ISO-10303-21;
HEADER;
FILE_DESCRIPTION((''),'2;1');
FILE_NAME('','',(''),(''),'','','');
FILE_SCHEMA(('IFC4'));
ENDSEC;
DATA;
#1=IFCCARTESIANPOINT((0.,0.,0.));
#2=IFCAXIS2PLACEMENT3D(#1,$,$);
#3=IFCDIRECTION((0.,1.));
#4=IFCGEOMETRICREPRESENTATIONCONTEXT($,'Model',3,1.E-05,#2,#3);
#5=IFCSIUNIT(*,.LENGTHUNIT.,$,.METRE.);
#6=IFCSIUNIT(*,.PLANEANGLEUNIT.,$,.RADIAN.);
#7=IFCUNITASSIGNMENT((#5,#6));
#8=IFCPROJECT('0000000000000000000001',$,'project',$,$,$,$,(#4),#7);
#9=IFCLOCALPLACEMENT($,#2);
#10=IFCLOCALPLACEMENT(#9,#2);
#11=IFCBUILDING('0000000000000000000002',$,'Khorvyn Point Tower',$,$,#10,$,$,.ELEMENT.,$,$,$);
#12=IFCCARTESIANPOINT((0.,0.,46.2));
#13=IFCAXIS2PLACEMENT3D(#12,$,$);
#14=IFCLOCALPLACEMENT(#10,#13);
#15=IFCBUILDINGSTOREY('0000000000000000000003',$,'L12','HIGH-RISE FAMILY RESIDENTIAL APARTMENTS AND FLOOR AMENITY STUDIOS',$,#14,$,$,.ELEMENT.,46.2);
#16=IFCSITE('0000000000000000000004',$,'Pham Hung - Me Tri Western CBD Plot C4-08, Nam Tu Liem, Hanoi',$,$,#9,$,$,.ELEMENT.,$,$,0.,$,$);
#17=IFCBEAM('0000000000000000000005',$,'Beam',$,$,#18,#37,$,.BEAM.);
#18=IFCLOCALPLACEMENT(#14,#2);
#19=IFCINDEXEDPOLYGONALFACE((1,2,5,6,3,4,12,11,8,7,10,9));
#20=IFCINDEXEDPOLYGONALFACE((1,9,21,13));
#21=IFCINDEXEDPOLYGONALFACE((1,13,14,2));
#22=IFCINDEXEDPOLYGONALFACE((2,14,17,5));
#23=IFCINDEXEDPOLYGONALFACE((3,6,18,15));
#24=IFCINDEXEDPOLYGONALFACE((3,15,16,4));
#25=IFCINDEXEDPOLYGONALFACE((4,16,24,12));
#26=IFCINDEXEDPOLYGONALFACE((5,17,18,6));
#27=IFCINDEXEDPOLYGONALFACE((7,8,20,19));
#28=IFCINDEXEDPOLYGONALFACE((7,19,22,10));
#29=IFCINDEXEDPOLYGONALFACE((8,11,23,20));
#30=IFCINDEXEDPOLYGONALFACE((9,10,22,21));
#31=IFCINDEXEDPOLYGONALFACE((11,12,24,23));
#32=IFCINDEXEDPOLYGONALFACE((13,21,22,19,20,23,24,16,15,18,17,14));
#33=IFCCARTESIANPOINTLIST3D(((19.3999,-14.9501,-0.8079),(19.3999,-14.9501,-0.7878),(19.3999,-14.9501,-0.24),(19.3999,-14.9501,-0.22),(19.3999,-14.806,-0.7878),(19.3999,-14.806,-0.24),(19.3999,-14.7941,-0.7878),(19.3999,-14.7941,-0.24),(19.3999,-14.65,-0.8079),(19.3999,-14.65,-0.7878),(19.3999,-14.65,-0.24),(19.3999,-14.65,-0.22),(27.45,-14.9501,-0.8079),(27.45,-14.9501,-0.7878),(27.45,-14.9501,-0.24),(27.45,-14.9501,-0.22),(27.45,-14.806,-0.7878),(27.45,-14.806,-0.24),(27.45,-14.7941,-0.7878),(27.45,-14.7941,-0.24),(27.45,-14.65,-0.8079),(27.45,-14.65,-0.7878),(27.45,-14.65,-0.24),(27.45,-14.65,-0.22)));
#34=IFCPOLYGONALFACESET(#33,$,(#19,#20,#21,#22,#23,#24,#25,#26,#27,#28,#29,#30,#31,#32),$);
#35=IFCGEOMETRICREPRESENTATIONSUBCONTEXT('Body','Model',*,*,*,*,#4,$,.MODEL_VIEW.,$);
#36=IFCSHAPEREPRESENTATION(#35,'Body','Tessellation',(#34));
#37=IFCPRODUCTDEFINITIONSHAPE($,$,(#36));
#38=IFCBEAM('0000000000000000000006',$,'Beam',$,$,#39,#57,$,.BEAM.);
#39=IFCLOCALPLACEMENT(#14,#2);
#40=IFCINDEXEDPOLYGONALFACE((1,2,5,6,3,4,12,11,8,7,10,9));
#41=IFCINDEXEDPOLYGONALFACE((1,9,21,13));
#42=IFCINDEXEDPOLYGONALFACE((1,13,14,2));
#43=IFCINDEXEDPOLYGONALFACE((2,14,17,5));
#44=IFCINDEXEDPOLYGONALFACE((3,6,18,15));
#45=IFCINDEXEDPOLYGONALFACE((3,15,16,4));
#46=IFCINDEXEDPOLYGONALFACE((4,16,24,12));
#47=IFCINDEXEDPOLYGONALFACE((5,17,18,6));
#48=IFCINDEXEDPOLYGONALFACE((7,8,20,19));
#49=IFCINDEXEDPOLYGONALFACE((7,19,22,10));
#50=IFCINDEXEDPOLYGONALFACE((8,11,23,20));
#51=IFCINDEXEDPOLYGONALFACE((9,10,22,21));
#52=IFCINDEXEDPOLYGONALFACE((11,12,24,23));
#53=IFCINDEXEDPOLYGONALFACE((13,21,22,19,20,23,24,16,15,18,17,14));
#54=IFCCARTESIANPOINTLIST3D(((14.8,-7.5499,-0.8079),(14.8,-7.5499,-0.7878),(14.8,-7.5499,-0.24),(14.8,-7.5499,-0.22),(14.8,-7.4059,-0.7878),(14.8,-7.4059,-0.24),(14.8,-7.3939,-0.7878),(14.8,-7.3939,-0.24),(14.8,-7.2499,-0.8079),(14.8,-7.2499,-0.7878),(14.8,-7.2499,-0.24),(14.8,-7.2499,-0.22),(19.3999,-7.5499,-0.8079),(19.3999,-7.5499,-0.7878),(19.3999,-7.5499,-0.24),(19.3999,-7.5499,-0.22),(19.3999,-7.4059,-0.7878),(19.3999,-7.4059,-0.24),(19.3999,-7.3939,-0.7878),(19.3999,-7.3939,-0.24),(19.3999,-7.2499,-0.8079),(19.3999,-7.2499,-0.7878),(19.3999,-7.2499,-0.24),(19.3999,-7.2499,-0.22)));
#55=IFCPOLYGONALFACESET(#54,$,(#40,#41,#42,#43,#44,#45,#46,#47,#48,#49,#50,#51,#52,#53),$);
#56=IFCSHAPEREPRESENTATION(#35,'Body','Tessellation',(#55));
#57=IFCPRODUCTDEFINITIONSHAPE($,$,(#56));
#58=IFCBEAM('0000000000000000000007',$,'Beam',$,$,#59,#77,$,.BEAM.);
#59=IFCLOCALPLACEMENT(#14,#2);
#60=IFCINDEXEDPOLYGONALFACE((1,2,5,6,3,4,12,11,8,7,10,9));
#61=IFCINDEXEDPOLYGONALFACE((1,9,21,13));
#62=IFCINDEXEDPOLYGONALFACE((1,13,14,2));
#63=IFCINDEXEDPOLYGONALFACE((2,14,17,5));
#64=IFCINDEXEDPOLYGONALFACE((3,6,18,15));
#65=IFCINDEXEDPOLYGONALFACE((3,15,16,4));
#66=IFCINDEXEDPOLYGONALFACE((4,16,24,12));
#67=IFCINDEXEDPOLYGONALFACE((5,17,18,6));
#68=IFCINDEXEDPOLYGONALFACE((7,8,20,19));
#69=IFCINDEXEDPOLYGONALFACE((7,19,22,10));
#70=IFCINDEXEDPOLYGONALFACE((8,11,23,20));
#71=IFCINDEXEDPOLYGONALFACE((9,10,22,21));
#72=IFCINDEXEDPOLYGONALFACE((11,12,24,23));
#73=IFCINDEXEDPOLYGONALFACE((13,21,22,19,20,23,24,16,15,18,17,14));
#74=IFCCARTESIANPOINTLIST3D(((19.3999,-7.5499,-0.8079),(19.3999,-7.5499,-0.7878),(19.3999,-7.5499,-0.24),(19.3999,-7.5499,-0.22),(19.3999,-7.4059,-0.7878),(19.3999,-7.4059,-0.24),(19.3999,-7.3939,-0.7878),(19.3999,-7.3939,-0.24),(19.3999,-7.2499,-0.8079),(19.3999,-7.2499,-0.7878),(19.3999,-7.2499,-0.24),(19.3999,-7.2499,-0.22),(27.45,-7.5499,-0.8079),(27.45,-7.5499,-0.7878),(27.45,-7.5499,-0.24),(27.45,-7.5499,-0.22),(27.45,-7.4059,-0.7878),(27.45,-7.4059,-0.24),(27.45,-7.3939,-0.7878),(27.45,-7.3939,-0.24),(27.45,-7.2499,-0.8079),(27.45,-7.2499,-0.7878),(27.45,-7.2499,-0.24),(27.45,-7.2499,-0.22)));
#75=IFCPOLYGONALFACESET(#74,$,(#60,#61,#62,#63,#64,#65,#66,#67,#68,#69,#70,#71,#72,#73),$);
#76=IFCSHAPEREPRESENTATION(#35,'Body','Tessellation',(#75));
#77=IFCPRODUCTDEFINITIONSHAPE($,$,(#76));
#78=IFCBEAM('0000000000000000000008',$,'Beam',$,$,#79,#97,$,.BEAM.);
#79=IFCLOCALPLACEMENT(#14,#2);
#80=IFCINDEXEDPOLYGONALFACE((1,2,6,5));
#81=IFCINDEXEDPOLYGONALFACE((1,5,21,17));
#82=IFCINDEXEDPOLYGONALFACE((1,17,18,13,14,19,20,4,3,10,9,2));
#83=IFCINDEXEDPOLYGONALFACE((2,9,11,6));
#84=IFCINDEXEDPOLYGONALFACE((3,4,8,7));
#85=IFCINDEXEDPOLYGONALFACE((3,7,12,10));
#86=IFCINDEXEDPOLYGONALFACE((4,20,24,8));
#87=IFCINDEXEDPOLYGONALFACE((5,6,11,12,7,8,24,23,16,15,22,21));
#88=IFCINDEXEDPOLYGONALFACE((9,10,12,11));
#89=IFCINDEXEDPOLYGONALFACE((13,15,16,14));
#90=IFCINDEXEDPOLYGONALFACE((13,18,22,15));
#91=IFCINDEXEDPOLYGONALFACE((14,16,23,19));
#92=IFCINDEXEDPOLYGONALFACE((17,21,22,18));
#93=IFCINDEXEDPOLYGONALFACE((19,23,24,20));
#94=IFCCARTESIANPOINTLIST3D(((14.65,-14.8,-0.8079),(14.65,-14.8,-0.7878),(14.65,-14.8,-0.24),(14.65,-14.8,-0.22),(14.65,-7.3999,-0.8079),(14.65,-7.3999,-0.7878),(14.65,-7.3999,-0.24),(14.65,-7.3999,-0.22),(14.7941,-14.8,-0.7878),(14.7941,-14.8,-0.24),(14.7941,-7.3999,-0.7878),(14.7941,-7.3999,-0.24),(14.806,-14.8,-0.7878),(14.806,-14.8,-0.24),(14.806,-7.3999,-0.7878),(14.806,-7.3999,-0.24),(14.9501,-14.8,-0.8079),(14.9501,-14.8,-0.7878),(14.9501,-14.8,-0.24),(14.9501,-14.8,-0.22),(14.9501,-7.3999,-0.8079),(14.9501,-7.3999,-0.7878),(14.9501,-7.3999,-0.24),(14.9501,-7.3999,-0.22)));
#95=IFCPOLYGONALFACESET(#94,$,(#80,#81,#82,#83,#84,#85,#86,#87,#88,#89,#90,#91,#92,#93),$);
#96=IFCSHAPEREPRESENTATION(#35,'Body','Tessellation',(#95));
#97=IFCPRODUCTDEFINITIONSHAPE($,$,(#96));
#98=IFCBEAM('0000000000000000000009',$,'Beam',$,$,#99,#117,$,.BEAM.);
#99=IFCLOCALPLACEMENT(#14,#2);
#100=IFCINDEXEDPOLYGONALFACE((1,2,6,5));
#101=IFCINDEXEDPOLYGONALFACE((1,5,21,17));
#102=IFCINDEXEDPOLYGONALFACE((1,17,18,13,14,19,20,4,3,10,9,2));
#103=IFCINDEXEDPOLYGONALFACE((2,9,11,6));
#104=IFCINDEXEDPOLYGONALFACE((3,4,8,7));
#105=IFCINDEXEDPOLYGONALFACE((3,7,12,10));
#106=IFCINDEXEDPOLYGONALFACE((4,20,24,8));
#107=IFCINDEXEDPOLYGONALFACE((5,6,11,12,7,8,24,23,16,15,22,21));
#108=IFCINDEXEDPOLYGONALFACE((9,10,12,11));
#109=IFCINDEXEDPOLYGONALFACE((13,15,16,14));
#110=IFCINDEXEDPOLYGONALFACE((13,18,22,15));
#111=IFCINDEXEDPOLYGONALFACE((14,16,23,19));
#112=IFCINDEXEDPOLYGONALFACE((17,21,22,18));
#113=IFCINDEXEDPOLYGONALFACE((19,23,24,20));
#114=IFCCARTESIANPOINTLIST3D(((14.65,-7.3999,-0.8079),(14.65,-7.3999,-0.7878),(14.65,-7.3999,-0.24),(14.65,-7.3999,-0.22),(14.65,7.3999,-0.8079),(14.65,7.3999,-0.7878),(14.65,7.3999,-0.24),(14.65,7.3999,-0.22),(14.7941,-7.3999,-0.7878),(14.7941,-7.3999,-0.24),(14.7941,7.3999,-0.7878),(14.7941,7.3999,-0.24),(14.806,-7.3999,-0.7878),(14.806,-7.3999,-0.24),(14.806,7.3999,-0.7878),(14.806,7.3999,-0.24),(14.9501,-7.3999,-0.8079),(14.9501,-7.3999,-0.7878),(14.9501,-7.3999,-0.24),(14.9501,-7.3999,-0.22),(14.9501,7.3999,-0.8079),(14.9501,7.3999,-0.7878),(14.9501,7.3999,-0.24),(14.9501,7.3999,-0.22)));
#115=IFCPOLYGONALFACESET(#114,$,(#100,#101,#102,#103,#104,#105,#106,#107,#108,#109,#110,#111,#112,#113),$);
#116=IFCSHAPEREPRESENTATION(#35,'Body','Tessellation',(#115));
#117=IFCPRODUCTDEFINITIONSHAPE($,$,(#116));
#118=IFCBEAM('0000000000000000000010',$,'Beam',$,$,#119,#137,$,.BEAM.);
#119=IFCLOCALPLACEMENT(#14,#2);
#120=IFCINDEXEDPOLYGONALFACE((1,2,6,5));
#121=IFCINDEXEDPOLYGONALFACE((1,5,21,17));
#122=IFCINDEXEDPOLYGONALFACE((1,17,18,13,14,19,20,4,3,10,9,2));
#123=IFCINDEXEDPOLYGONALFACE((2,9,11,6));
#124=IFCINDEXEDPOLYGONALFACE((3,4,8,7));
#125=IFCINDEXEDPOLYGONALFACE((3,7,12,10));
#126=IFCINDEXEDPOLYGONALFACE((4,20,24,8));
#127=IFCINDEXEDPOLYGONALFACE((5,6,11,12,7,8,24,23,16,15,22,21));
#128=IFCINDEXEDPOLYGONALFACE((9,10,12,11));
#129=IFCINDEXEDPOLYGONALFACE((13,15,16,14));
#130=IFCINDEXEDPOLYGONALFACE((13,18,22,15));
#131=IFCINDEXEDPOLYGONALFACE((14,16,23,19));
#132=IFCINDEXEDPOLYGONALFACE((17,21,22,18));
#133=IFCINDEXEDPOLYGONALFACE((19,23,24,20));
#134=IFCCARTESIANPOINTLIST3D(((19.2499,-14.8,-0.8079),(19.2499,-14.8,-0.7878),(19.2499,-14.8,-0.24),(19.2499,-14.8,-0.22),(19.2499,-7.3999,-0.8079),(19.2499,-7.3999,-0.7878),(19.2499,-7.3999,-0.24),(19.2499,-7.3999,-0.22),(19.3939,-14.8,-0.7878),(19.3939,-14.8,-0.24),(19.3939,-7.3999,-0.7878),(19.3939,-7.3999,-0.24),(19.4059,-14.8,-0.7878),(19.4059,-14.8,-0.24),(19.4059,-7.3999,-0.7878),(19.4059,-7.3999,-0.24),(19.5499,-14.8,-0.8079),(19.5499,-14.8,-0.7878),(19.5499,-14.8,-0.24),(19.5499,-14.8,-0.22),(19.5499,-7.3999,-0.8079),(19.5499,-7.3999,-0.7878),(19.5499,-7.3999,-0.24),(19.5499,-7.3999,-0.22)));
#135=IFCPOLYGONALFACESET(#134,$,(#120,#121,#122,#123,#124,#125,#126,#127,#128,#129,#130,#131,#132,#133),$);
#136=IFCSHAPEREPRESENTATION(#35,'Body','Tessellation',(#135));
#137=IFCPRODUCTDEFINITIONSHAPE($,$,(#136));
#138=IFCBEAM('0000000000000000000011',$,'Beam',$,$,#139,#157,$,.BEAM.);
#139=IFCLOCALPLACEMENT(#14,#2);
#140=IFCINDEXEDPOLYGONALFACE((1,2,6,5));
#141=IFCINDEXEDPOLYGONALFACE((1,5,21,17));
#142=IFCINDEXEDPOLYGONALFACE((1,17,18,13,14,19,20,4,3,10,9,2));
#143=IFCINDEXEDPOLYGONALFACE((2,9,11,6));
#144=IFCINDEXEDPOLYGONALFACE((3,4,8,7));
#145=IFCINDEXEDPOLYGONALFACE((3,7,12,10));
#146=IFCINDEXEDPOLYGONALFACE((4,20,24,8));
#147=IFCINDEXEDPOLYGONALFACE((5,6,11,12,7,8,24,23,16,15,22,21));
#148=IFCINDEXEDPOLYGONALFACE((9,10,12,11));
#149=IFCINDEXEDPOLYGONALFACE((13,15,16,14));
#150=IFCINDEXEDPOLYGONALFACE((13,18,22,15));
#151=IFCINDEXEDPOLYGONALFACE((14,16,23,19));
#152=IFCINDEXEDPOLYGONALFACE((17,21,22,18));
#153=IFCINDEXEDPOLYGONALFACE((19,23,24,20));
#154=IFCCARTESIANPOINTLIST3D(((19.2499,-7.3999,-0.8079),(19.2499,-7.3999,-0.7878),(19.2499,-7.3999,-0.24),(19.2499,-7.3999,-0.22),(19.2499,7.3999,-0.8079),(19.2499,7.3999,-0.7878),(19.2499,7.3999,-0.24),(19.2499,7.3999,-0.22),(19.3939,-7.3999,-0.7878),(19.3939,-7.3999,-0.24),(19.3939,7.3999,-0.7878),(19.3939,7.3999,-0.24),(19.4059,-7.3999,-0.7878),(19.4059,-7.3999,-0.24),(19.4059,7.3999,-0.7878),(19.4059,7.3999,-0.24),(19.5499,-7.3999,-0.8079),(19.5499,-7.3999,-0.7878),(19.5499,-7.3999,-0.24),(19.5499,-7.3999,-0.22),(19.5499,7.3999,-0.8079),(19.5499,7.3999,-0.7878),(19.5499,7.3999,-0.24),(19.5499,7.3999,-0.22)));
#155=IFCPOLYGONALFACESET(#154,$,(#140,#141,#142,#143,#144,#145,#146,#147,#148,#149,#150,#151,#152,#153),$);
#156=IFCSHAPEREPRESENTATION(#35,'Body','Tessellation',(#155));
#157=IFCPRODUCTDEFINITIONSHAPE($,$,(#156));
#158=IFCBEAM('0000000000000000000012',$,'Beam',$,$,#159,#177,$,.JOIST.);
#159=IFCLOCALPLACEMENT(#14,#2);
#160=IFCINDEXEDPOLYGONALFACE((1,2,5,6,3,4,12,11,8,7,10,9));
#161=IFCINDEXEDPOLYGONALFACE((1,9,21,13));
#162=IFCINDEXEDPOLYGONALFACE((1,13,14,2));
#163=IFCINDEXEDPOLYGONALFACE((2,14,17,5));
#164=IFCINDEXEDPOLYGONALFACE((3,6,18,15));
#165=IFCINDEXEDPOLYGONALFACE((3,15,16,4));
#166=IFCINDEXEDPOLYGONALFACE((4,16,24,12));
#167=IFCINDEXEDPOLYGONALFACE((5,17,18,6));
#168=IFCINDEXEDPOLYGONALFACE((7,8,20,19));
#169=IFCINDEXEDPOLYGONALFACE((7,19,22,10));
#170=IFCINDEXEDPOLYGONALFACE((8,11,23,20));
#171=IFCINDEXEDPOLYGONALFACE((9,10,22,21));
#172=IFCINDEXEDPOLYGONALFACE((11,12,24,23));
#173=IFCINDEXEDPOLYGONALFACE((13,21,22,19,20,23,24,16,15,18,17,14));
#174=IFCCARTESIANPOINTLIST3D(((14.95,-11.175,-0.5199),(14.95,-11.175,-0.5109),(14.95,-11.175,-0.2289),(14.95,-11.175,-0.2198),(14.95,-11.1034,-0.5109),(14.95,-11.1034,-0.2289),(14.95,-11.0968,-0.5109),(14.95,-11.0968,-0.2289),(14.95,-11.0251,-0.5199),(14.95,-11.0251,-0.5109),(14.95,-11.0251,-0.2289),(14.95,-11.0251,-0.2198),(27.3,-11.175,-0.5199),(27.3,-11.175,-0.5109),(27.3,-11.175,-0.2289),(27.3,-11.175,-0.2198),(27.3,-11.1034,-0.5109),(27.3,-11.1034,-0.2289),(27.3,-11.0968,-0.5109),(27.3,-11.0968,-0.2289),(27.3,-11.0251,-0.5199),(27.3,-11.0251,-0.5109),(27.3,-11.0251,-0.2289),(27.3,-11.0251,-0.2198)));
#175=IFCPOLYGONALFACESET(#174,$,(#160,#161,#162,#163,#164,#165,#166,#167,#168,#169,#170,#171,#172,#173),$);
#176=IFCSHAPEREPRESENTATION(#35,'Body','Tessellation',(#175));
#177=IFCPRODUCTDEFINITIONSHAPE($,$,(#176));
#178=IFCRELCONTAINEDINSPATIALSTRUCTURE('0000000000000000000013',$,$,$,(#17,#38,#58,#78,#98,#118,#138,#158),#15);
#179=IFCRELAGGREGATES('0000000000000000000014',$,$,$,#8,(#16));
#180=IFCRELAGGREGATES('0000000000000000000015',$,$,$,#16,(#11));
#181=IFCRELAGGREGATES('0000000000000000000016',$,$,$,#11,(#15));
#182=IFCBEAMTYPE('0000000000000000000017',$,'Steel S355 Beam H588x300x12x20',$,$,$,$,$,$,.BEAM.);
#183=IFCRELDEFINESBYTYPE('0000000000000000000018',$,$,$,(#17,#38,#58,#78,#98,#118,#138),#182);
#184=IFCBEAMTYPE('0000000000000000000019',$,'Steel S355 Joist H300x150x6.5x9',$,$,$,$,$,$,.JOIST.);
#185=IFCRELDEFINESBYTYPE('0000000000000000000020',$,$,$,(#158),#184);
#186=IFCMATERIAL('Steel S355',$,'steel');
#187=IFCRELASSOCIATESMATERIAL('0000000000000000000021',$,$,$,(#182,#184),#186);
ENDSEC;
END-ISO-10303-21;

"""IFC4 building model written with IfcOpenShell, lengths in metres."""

from ifc_helpers import new_model, si_unit, direction, frame, origin, origin_2d, place, context, subcontext, project, spatial, i_section, extrude, material, material_profile, profile_set, type_object, element, save


model = new_model("IFC4")

# Units and contexts
model_context = context("Model", 3, precision=1e-05, world=origin(), true_north=direction((0.0, 1.0)))
body_context = subcontext(model_context, "Body", "Model", "MODEL_VIEW")
ifc_project = project(units=[si_unit("LENGTHUNIT", "METRE"), si_unit("PLANEANGLEUNIT", "RADIAN")], contexts=[model_context])

# Site, building, storey
site_placement = place(None, origin())
site = spatial("IfcSite", under=ifc_project, at=site_placement, Name="Pham Hung - Me Tri Western CBD Plot C4-08, Nam Tu Liem, Hanoi", CompositionType="ELEMENT", RefElevation=0.0)
building_placement = place(site_placement, origin())
building = spatial("IfcBuilding", under=site, at=building_placement, Name="Khorvyn Point Tower", CompositionType="ELEMENT")
storey_placement = place(building_placement, frame((0.0, 0.0, 46.2)))
storey = spatial("IfcBuildingStorey", under=building, at=storey_placement, Name="L12", Description="HIGH-RISE FAMILY RESIDENTIAL APARTMENTS AND FLOOR AMENITY STUDIOS", CompositionType="ELEMENT", Elevation=46.2)

# Beams
ifc_material_1 = material(Name="Steel S355", Category="steel")
ifc_material_profile_1 = material_profile(ifc_material_1, i_section(OverallWidth=0.3, OverallDepth=0.5879, WebThickness=0.012, FlangeThickness=0.02, at=origin_2d()))
ifc_profile_set_1 = profile_set([ifc_material_profile_1], Name="Steel S355 H588x300x12x20")
beam_type_1 = type_object("IfcBeamType", Name="Steel S355 Beam H588x300x12x20", PredefinedType="BEAM", material=ifc_profile_set_1)
beam_1_placement = place(storey_placement, frame((19.3999, -14.8, -0.5139), z_axis=(1.0, 0.0, 0.0), x_axis=(0.0, 1.0, 0.0)))
element("IfcBeam", 1, at=beam_1_placement, inside=storey, type_object=beam_type_1, Name="Beam", PredefinedType="BEAM", context=body_context, shape_type="SweptSolid", body=[
    extrude(i_section(OverallWidth=0.3, OverallDepth=0.5879, WebThickness=0.012, FlangeThickness=0.02, at=origin_2d()), origin(), (0.0, 0.0, 1.0), 8.05),
])
beam_2_placement = place(storey_placement, frame((14.8, -7.3999, -0.5139), z_axis=(1.0, 0.0, 0.0), x_axis=(0.0, 1.0, 0.0)))
element("IfcBeam", 2, at=beam_2_placement, inside=storey, type_object=beam_type_1, Name="Beam", PredefinedType="BEAM", context=body_context, shape_type="SweptSolid", body=[
    extrude(i_section(OverallWidth=0.3, OverallDepth=0.5879, WebThickness=0.012, FlangeThickness=0.02, at=origin_2d()), origin(), (0.0, 0.0, 1.0), 4.5999),
])
beam_3_placement = place(storey_placement, frame((19.3999, -7.3999, -0.5139), z_axis=(1.0, 0.0, 0.0), x_axis=(0.0, 1.0, 0.0)))
element("IfcBeam", 3, at=beam_3_placement, inside=storey, type_object=beam_type_1, Name="Beam", PredefinedType="BEAM", context=body_context, shape_type="SweptSolid", body=[
    extrude(i_section(OverallWidth=0.3, OverallDepth=0.5879, WebThickness=0.012, FlangeThickness=0.02, at=origin_2d()), origin(), (0.0, 0.0, 1.0), 8.05),
])
beam_4_placement = place(storey_placement, frame((14.8, -14.8, -0.5139), z_axis=(0.0, 1.0, 0.0), x_axis=(-1.0, 0.0, 0.0)))
element("IfcBeam", 4, at=beam_4_placement, inside=storey, type_object=beam_type_1, Name="Beam", PredefinedType="BEAM", context=body_context, shape_type="SweptSolid", body=[
    extrude(i_section(OverallWidth=0.3, OverallDepth=0.5879, WebThickness=0.012, FlangeThickness=0.02, at=origin_2d()), origin(), (0.0, 0.0, 1.0), 7.4001),
])
beam_5_placement = place(storey_placement, frame((14.8, -7.3999, -0.5139), z_axis=(0.0, 1.0, 0.0), x_axis=(-1.0, 0.0, 0.0)))
element("IfcBeam", 5, at=beam_5_placement, inside=storey, type_object=beam_type_1, Name="Beam", PredefinedType="BEAM", context=body_context, shape_type="SweptSolid", body=[
    extrude(i_section(OverallWidth=0.3, OverallDepth=0.5879, WebThickness=0.012, FlangeThickness=0.02, at=origin_2d()), origin(), (0.0, 0.0, 1.0), 14.7998),
])
beam_6_placement = place(storey_placement, frame((19.3999, -14.8, -0.5139), z_axis=(0.0, 1.0, 0.0), x_axis=(-1.0, 0.0, 0.0)))
element("IfcBeam", 6, at=beam_6_placement, inside=storey, type_object=beam_type_1, Name="Beam", PredefinedType="BEAM", context=body_context, shape_type="SweptSolid", body=[
    extrude(i_section(OverallWidth=0.3, OverallDepth=0.5879, WebThickness=0.012, FlangeThickness=0.02, at=origin_2d()), origin(), (0.0, 0.0, 1.0), 7.4001),
])
beam_7_placement = place(storey_placement, frame((19.3999, -7.3999, -0.5139), z_axis=(0.0, 1.0, 0.0), x_axis=(-1.0, 0.0, 0.0)))
element("IfcBeam", 7, at=beam_7_placement, inside=storey, type_object=beam_type_1, Name="Beam", PredefinedType="BEAM", context=body_context, shape_type="SweptSolid", body=[
    extrude(i_section(OverallWidth=0.3, OverallDepth=0.5879, WebThickness=0.012, FlangeThickness=0.02, at=origin_2d()), origin(), (0.0, 0.0, 1.0), 14.7998),
])
ifc_material_profile_2 = material_profile(ifc_material_1, i_section(OverallWidth=0.1499, OverallDepth=0.3, WebThickness=0.0066, FlangeThickness=0.009, at=origin_2d()))
ifc_profile_set_2 = profile_set([ifc_material_profile_2], Name="Steel S355 H300x150x6.5x9")
beam_type_2 = type_object("IfcBeamType", Name="Steel S355 Joist H300x150x6.5x9", PredefinedType="JOIST", material=ifc_profile_set_2)
beam_8_placement = place(storey_placement, frame((14.95, -11.1001, -0.3699), z_axis=(1.0, 0.0, 0.0), x_axis=(0.0, 1.0, 0.0)))
element("IfcBeam", 8, at=beam_8_placement, inside=storey, type_object=beam_type_2, Name="Beam", PredefinedType="JOIST", context=body_context, shape_type="SweptSolid", body=[
    extrude(i_section(OverallWidth=0.1499, OverallDepth=0.3, WebThickness=0.0066, FlangeThickness=0.009, at=origin_2d()), origin(), (0.0, 0.0, 1.0), 12.3501),
])

save(model, "model.ifc")
